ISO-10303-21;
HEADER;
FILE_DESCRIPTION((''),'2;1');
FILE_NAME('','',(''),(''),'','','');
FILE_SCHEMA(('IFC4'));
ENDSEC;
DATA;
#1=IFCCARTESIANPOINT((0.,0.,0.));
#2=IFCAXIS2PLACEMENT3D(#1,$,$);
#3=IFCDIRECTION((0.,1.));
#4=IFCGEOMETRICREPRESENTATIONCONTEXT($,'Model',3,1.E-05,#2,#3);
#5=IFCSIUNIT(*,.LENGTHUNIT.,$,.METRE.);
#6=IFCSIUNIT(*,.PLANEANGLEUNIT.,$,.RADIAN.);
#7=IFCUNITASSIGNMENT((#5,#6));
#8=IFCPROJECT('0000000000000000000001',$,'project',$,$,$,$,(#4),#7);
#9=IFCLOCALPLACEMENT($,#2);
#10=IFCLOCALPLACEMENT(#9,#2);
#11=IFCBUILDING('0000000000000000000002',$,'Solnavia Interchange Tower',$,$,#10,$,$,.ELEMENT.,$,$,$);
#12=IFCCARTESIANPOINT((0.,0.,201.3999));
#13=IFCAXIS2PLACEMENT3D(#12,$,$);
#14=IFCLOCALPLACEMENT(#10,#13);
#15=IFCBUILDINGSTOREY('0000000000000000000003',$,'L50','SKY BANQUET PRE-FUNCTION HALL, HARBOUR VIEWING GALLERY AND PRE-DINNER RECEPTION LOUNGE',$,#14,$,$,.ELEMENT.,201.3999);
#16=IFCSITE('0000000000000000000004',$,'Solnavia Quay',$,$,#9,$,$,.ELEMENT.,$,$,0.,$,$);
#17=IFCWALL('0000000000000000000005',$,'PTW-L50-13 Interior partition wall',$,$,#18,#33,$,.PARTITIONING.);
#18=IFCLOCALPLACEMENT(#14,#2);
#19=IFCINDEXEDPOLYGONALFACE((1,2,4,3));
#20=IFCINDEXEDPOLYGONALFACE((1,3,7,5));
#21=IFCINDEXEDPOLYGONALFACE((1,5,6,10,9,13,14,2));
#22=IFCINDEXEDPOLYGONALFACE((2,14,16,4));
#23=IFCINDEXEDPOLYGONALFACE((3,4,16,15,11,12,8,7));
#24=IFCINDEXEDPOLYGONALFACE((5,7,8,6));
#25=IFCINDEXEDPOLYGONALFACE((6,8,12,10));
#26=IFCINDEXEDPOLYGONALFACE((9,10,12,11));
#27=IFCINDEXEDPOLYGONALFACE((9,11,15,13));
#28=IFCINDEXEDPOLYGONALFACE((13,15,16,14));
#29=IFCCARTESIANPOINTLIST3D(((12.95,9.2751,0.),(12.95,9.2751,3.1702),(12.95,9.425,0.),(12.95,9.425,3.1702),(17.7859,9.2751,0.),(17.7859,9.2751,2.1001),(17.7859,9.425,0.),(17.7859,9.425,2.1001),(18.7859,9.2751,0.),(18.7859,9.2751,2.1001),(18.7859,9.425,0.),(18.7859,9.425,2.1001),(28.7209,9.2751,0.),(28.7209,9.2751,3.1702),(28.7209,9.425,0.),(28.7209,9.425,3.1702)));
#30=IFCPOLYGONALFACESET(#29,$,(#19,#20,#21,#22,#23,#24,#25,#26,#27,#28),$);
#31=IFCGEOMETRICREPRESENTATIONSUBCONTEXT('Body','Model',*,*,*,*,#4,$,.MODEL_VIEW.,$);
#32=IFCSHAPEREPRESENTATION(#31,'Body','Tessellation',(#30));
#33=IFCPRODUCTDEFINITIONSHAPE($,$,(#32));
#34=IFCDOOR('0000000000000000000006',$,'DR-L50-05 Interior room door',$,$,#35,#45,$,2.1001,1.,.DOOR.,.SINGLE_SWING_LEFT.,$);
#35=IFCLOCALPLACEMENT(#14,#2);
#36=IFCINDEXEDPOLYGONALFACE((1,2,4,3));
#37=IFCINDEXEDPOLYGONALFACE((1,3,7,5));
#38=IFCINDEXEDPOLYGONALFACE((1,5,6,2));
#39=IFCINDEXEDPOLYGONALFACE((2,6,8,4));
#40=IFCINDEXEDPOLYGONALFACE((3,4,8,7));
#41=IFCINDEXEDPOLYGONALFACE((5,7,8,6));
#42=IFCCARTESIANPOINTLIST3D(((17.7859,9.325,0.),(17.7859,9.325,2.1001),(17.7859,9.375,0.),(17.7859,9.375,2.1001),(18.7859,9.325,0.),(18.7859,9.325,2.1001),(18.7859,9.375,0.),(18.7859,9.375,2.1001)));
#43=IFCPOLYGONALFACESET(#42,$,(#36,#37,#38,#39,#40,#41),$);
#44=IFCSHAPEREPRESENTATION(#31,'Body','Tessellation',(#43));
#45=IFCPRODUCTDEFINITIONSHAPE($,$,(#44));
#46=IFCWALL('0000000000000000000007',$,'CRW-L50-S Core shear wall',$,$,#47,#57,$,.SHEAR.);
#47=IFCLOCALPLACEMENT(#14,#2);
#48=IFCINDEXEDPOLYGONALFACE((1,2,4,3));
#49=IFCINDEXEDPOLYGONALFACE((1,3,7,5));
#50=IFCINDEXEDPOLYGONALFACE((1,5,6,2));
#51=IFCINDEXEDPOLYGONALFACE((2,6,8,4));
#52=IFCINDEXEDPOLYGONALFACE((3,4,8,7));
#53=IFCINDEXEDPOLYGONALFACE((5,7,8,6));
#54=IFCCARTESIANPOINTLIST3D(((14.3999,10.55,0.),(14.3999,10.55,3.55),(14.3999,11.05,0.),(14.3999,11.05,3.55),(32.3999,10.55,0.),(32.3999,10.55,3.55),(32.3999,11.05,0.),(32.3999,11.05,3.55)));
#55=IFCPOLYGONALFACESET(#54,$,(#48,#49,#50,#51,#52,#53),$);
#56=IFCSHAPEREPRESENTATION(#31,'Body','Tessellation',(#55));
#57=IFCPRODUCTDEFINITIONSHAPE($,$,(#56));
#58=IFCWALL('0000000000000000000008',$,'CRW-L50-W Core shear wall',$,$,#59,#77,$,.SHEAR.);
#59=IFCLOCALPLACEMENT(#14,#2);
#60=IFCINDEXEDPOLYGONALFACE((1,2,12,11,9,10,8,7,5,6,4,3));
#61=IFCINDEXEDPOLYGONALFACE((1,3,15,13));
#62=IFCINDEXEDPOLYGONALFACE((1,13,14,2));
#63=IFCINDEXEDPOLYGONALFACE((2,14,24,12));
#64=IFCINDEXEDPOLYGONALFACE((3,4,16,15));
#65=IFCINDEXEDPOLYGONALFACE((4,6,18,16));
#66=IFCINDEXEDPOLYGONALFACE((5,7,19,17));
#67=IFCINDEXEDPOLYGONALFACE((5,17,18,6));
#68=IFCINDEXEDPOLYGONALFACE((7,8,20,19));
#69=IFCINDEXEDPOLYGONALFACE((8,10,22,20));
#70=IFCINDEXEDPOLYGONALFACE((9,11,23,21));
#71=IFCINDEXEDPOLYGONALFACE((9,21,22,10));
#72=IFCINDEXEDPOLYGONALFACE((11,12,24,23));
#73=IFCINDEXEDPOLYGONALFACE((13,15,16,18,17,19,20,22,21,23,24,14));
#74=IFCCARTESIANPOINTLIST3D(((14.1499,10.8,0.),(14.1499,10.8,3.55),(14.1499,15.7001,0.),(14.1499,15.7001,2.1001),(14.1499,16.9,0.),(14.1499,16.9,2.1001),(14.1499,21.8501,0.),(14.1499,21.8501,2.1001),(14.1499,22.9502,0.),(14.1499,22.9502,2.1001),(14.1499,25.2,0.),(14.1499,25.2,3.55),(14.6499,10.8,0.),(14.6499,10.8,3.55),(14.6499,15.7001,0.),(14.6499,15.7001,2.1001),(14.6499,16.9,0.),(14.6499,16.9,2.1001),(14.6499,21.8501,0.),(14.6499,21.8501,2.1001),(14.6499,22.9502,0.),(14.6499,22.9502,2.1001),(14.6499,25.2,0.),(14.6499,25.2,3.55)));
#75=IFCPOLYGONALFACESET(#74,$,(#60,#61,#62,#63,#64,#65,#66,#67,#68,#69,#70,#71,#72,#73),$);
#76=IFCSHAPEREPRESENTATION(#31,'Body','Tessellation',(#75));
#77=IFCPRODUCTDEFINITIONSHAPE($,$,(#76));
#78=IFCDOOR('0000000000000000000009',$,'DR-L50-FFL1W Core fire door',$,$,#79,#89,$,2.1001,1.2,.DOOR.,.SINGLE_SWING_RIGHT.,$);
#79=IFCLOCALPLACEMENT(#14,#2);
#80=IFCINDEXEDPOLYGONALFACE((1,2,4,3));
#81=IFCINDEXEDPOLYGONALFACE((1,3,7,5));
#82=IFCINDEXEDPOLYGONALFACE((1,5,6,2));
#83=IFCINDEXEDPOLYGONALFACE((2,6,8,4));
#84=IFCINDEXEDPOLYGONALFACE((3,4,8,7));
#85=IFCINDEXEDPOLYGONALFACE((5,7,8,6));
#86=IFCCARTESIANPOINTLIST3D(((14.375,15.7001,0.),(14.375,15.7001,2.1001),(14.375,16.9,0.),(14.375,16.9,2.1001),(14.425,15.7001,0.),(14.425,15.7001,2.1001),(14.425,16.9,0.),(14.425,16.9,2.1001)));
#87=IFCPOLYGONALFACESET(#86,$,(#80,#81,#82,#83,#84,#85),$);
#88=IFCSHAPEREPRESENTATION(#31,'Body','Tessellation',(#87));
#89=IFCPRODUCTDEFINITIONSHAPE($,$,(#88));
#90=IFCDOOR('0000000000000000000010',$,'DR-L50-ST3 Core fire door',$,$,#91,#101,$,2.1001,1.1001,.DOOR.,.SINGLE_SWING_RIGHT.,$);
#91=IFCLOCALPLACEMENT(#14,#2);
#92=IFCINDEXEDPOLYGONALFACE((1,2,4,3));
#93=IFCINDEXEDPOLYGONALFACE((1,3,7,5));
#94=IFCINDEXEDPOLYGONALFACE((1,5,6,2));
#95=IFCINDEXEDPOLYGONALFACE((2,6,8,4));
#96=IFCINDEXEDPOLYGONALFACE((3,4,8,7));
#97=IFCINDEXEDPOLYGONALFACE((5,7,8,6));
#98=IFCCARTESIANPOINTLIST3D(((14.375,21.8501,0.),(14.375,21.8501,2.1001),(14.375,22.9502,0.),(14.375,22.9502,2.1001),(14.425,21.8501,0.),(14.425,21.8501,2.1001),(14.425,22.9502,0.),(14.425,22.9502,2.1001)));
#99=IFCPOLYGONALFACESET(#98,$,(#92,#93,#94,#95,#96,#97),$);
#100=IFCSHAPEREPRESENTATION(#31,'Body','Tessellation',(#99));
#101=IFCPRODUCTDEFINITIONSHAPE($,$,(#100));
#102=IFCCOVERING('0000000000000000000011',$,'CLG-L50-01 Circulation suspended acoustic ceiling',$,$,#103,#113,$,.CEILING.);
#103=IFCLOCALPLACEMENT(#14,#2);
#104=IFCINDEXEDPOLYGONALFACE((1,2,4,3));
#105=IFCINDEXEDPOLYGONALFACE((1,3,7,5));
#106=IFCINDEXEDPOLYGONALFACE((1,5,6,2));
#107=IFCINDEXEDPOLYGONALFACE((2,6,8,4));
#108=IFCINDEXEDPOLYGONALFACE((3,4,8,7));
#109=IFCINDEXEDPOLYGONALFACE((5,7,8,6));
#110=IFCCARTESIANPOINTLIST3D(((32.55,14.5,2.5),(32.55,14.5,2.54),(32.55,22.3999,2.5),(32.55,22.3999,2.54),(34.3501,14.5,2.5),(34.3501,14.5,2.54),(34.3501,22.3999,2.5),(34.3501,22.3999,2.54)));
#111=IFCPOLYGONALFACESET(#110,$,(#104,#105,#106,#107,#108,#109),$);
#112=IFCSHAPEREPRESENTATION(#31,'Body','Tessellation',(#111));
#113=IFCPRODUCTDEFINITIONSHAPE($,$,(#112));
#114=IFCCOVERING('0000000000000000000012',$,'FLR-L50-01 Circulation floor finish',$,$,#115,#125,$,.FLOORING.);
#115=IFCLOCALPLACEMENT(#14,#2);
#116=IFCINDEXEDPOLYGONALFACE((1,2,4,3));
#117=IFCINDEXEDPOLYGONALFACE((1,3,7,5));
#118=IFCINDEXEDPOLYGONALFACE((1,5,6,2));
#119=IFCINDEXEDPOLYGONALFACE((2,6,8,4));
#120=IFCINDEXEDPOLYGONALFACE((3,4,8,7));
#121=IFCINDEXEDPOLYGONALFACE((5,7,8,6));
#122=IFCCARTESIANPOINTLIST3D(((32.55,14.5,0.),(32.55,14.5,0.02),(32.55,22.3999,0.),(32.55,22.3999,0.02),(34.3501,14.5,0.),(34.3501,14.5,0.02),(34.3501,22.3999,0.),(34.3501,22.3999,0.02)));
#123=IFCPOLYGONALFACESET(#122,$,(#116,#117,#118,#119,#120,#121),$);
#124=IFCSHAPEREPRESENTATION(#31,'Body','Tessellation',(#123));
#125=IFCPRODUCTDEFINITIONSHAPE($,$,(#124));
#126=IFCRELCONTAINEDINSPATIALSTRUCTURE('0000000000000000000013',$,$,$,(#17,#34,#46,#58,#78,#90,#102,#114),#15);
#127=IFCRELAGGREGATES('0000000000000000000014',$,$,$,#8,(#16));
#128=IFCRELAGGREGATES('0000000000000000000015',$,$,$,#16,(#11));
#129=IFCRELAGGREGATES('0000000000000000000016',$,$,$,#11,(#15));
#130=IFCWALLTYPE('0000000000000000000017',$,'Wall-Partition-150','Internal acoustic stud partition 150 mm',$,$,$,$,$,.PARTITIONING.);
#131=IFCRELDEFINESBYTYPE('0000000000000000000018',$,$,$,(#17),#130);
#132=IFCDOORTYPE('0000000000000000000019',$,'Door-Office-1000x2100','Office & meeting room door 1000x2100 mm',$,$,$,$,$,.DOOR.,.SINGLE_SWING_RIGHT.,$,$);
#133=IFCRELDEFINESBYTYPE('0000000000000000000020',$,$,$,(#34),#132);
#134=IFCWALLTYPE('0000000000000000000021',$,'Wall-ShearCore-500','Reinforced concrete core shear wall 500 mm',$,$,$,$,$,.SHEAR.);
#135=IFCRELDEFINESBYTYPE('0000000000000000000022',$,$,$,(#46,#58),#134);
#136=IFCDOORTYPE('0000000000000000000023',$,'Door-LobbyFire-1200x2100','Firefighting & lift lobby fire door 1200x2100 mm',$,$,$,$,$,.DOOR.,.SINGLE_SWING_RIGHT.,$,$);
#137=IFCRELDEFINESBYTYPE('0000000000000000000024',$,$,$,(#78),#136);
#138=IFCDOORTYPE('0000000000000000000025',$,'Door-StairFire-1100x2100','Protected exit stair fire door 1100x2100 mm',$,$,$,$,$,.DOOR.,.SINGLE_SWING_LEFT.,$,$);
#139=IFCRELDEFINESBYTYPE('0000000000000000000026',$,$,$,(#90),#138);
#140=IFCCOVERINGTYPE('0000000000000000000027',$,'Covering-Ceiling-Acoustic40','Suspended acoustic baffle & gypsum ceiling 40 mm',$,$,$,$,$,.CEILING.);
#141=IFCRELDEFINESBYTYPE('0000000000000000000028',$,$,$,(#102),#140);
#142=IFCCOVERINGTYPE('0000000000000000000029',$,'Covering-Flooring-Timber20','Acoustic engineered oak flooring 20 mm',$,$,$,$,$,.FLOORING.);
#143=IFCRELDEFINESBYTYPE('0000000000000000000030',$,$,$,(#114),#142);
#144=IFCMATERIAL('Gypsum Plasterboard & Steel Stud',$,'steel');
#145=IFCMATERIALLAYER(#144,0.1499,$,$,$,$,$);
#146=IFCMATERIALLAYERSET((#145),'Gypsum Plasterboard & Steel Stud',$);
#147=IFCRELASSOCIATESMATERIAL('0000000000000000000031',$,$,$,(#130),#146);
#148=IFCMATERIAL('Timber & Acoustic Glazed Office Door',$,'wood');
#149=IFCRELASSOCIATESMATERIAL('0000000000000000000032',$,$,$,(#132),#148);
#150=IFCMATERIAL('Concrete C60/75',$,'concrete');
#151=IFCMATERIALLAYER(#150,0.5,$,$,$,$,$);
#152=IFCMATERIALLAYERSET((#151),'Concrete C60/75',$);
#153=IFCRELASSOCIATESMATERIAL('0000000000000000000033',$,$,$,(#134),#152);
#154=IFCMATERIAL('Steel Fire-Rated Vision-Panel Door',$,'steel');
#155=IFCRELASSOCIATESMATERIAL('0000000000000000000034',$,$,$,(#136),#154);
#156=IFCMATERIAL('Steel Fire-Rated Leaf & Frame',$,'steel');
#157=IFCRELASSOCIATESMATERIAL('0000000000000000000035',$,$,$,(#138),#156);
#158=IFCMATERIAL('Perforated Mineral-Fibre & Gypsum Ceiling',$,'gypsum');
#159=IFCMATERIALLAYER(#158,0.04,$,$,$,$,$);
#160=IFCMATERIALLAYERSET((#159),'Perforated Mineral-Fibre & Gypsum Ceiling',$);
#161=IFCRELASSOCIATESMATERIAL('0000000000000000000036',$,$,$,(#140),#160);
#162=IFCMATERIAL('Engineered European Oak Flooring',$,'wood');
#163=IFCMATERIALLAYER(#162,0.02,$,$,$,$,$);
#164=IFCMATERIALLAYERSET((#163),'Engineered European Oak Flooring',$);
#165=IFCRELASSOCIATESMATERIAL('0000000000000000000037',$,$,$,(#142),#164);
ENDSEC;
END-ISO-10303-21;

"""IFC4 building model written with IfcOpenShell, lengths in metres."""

from ifc_helpers import new_model, si_unit, direction, frame, frame_2d, origin, place, context, subcontext, project, spatial, polyline, rectangle, outline, extrude, material, layer, layer_set, type_object, element, fill, save


model = new_model("IFC4")

# Units and contexts
model_context = context("Model", 3, precision=1e-05, world=origin(), true_north=direction((0.0, 1.0)))
body_context = subcontext(model_context, "Body", "Model", "MODEL_VIEW")
ifc_project = project(units=[si_unit("LENGTHUNIT", "METRE"), si_unit("PLANEANGLEUNIT", "RADIAN")], contexts=[model_context])

# Site, building, storey
site_placement = place(None, origin())
site = spatial("IfcSite", under=ifc_project, at=site_placement, Name="Solnavia Quay", CompositionType="ELEMENT", RefElevation=0.0)
building_placement = place(site_placement, origin())
building = spatial("IfcBuilding", under=site, at=building_placement, Name="Solnavia Interchange Tower", CompositionType="ELEMENT")
storey_placement = place(building_placement, frame((0.0, 0.0, 201.3999)))
storey = spatial("IfcBuildingStorey", under=building, at=storey_placement, Name="L50", Description="SKY BANQUET PRE-FUNCTION HALL, HARBOUR VIEWING GALLERY AND PRE-DINNER RECEPTION LOUNGE", CompositionType="ELEMENT", Elevation=201.3999)

# Shared definitions
ifc_material_1 = material(Name="Gypsum Plasterboard & Steel Stud", Category="steel")
ifc_layer_1 = layer(ifc_material_1, 0.1499)
ifc_layer_set_1 = layer_set([ifc_layer_1], Name="Gypsum Plasterboard & Steel Stud")
wall_type_1 = type_object("IfcWallType", Name="Wall-Partition-150", Description="Internal acoustic stud partition 150 mm", PredefinedType="PARTITIONING", material=ifc_layer_set_1)

# Wall, opening, door
ifc_material_2 = material(Name="Timber & Acoustic Glazed Office Door", Category="wood")
door_type_1 = type_object("IfcDoorType", Name="Door-Office-1000x2100", Description="Office & meeting room door 1000x2100 mm", OperationType="SINGLE_SWING_RIGHT", PredefinedType="DOOR", material=ifc_material_2)
wall_1_placement = place(storey_placement, frame((12.95, 9.3501, 0.0), z_axis=(0.0, 0.0, 1.0), x_axis=(1.0, 0.0, 0.0)))
wall_1 = element("IfcWall", 1, at=wall_1_placement, inside=storey, type_object=wall_type_1, Name="PTW-L50-13 Interior partition wall", PredefinedType="PARTITIONING", context=body_context, shape_type="SweptSolid", body=[
    extrude(rectangle(XDim=15.771, YDim=0.1499, at=frame_2d((7.8855, 0.0))), origin(), (0.0, 0.0, 1.0), 3.1702),
])
opening_1_placement = place(wall_1_placement, frame((4.8359, 0.0, 0.0)))
opening_1 = element("IfcOpeningElement", 2, at=opening_1_placement, cuts=wall_1, PredefinedType="OPENING", context=body_context, shape_type="SweptSolid", body=[
    extrude(rectangle(XDim=1.0, YDim=2.1001, at=frame_2d((0.5, 1.05))), frame((0.0, 0.085, 0.0), z_axis=(0.0, -1.0, 0.0), x_axis=(1.0, 0.0, 0.0)), (0.0, 0.0, 1.0), 0.1699),
])
door_1_placement = place(opening_1_placement, origin())
door_1 = element("IfcDoor", 3, at=door_1_placement, inside=storey, type_object=door_type_1, Name="DR-L50-05 Interior room door", OperationType="SINGLE_SWING_LEFT", OverallHeight=2.1001, OverallWidth=1.0, PredefinedType="DOOR", context=body_context, shape_type="SweptSolid", body=[
    extrude(rectangle(XDim=1.0, YDim=2.1001, at=frame_2d((0.5, 1.05))), frame((0.0, 0.0249, 0.0), z_axis=(0.0, -1.0, 0.0), x_axis=(1.0, 0.0, 0.0)), (0.0, 0.0, 1.0), 0.05),
])
fill(opening_1, door_1)

# Wall
ifc_material_3 = material(Name="Concrete C60/75", Category="concrete")
ifc_layer_2 = layer(ifc_material_3, 0.5)
ifc_layer_set_2 = layer_set([ifc_layer_2], Name="Concrete C60/75")
wall_type_2 = type_object("IfcWallType", Name="Wall-ShearCore-500", Description="Reinforced concrete core shear wall 500 mm", PredefinedType="SHEAR", material=ifc_layer_set_2)
wall_2_placement = place(storey_placement, frame((14.3999, 10.8, 0.0), z_axis=(0.0, 0.0, 1.0), x_axis=(1.0, 0.0, 0.0)))
element("IfcWall", 4, at=wall_2_placement, inside=storey, type_object=wall_type_2, Name="CRW-L50-S Core shear wall", PredefinedType="SHEAR", context=body_context, shape_type="SweptSolid", body=[
    extrude(rectangle(XDim=18.0, YDim=0.5, at=frame_2d((9.0, 0.0))), origin(), (0.0, 0.0, 1.0), 3.55),
])

# Wall, openings, doors
wall_3_placement = place(storey_placement, frame((14.3999, 10.8, 0.0), z_axis=(0.0, 0.0, 1.0), x_axis=(0.0, 1.0, 0.0)))
wall_3 = element("IfcWall", 5, at=wall_3_placement, inside=storey, type_object=wall_type_2, Name="CRW-L50-W Core shear wall", PredefinedType="SHEAR", context=body_context, shape_type="SweptSolid", body=[
    extrude(rectangle(XDim=14.3999, YDim=0.5, at=frame_2d((7.2, 0.0))), origin(), (0.0, 0.0, 1.0), 3.55),
])
opening_2_placement = place(wall_3_placement, frame((11.05, 0.0, 0.0)))
opening_2 = element("IfcOpeningElement", 6, at=opening_2_placement, cuts=wall_3, PredefinedType="OPENING", context=body_context, shape_type="SweptSolid", body=[
    extrude(rectangle(XDim=1.1001, YDim=2.1001, at=frame_2d((0.55, 1.05))), frame((0.0, 0.26, 0.0), z_axis=(0.0, -1.0, 0.0), x_axis=(1.0, 0.0, 0.0)), (0.0, 0.0, 1.0), 0.52),
])
opening_3_placement = place(wall_3_placement, frame((4.8999, 0.0, 0.0)))
opening_3 = element("IfcOpeningElement", 7, at=opening_3_placement, cuts=wall_3, PredefinedType="OPENING", context=body_context, shape_type="SweptSolid", body=[
    extrude(rectangle(XDim=1.2, YDim=2.1001, at=frame_2d((0.6001, 1.05))), frame((0.0, 0.26, 0.0), z_axis=(0.0, -1.0, 0.0), x_axis=(1.0, 0.0, 0.0)), (0.0, 0.0, 1.0), 0.52),
])
ifc_material_4 = material(Name="Steel Fire-Rated Vision-Panel Door", Category="steel")
door_type_2 = type_object("IfcDoorType", Name="Door-LobbyFire-1200x2100", Description="Firefighting & lift lobby fire door 1200x2100 mm", OperationType="SINGLE_SWING_RIGHT", PredefinedType="DOOR", material=ifc_material_4)
door_2_placement = place(opening_3_placement, origin())
door_2 = element("IfcDoor", 8, at=door_2_placement, inside=storey, type_object=door_type_2, Name="DR-L50-FFL1W Core fire door", OperationType="SINGLE_SWING_RIGHT", OverallHeight=2.1001, OverallWidth=1.2, PredefinedType="DOOR", context=body_context, shape_type="SweptSolid", body=[
    extrude(rectangle(XDim=1.2, YDim=2.1001, at=frame_2d((0.6001, 1.05))), frame((0.0, 0.0249, 0.0), z_axis=(0.0, -1.0, 0.0), x_axis=(1.0, 0.0, 0.0)), (0.0, 0.0, 1.0), 0.05),
])
fill(opening_3, door_2)
ifc_material_5 = material(Name="Steel Fire-Rated Leaf & Frame", Category="steel")
door_type_3 = type_object("IfcDoorType", Name="Door-StairFire-1100x2100", Description="Protected exit stair fire door 1100x2100 mm", OperationType="SINGLE_SWING_LEFT", PredefinedType="DOOR", material=ifc_material_5)
door_3_placement = place(opening_2_placement, origin())
door_3 = element("IfcDoor", 9, at=door_3_placement, inside=storey, type_object=door_type_3, Name="DR-L50-ST3 Core fire door", OperationType="SINGLE_SWING_RIGHT", OverallHeight=2.1001, OverallWidth=1.1001, PredefinedType="DOOR", context=body_context, shape_type="SweptSolid", body=[
    extrude(rectangle(XDim=1.1001, YDim=2.1001, at=frame_2d((0.55, 1.05))), frame((0.0, 0.0249, 0.0), z_axis=(0.0, -1.0, 0.0), x_axis=(1.0, 0.0, 0.0)), (0.0, 0.0, 1.0), 0.05),
])
fill(opening_2, door_3)

# Coverings
ifc_material_6 = material(Name="Perforated Mineral-Fibre & Gypsum Ceiling", Category="gypsum")
ifc_layer_3 = layer(ifc_material_6, 0.04)
ifc_layer_set_3 = layer_set([ifc_layer_3], Name="Perforated Mineral-Fibre & Gypsum Ceiling")
covering_type_1 = type_object("IfcCoveringType", Name="Covering-Ceiling-Acoustic40", Description="Suspended acoustic baffle & gypsum ceiling 40 mm", PredefinedType="CEILING", material=ifc_layer_set_3)
covering_1_placement = place(storey_placement, frame((0.0, 0.0, 2.5)))
element("IfcCovering", 10, at=covering_1_placement, inside=storey, type_object=covering_type_1, Name="CLG-L50-01 Circulation suspended acoustic ceiling", PredefinedType="CEILING", context=body_context, shape_type="SweptSolid", body=[
    extrude(outline(polyline([(32.55, 14.5), (34.3501, 14.5), (34.3501, 22.3999), (32.55, 22.3999), (32.55, 14.5)])), origin(), (0.0, 0.0, 1.0), 0.04),
])
ifc_material_7 = material(Name="Engineered European Oak Flooring", Category="wood")
ifc_layer_4 = layer(ifc_material_7, 0.02)
ifc_layer_set_4 = layer_set([ifc_layer_4], Name="Engineered European Oak Flooring")
covering_type_2 = type_object("IfcCoveringType", Name="Covering-Flooring-Timber20", Description="Acoustic engineered oak flooring 20 mm", PredefinedType="FLOORING", material=ifc_layer_set_4)
covering_2_placement = place(storey_placement, origin())
element("IfcCovering", 11, at=covering_2_placement, inside=storey, type_object=covering_type_2, Name="FLR-L50-01 Circulation floor finish", PredefinedType="FLOORING", context=body_context, shape_type="SweptSolid", body=[
    extrude(outline(polyline([(32.55, 14.5), (34.3501, 14.5), (34.3501, 22.3999), (32.55, 22.3999), (32.55, 14.5)])), origin(), (0.0, 0.0, 1.0), 0.02),
])

save(model, "model.ifc")
